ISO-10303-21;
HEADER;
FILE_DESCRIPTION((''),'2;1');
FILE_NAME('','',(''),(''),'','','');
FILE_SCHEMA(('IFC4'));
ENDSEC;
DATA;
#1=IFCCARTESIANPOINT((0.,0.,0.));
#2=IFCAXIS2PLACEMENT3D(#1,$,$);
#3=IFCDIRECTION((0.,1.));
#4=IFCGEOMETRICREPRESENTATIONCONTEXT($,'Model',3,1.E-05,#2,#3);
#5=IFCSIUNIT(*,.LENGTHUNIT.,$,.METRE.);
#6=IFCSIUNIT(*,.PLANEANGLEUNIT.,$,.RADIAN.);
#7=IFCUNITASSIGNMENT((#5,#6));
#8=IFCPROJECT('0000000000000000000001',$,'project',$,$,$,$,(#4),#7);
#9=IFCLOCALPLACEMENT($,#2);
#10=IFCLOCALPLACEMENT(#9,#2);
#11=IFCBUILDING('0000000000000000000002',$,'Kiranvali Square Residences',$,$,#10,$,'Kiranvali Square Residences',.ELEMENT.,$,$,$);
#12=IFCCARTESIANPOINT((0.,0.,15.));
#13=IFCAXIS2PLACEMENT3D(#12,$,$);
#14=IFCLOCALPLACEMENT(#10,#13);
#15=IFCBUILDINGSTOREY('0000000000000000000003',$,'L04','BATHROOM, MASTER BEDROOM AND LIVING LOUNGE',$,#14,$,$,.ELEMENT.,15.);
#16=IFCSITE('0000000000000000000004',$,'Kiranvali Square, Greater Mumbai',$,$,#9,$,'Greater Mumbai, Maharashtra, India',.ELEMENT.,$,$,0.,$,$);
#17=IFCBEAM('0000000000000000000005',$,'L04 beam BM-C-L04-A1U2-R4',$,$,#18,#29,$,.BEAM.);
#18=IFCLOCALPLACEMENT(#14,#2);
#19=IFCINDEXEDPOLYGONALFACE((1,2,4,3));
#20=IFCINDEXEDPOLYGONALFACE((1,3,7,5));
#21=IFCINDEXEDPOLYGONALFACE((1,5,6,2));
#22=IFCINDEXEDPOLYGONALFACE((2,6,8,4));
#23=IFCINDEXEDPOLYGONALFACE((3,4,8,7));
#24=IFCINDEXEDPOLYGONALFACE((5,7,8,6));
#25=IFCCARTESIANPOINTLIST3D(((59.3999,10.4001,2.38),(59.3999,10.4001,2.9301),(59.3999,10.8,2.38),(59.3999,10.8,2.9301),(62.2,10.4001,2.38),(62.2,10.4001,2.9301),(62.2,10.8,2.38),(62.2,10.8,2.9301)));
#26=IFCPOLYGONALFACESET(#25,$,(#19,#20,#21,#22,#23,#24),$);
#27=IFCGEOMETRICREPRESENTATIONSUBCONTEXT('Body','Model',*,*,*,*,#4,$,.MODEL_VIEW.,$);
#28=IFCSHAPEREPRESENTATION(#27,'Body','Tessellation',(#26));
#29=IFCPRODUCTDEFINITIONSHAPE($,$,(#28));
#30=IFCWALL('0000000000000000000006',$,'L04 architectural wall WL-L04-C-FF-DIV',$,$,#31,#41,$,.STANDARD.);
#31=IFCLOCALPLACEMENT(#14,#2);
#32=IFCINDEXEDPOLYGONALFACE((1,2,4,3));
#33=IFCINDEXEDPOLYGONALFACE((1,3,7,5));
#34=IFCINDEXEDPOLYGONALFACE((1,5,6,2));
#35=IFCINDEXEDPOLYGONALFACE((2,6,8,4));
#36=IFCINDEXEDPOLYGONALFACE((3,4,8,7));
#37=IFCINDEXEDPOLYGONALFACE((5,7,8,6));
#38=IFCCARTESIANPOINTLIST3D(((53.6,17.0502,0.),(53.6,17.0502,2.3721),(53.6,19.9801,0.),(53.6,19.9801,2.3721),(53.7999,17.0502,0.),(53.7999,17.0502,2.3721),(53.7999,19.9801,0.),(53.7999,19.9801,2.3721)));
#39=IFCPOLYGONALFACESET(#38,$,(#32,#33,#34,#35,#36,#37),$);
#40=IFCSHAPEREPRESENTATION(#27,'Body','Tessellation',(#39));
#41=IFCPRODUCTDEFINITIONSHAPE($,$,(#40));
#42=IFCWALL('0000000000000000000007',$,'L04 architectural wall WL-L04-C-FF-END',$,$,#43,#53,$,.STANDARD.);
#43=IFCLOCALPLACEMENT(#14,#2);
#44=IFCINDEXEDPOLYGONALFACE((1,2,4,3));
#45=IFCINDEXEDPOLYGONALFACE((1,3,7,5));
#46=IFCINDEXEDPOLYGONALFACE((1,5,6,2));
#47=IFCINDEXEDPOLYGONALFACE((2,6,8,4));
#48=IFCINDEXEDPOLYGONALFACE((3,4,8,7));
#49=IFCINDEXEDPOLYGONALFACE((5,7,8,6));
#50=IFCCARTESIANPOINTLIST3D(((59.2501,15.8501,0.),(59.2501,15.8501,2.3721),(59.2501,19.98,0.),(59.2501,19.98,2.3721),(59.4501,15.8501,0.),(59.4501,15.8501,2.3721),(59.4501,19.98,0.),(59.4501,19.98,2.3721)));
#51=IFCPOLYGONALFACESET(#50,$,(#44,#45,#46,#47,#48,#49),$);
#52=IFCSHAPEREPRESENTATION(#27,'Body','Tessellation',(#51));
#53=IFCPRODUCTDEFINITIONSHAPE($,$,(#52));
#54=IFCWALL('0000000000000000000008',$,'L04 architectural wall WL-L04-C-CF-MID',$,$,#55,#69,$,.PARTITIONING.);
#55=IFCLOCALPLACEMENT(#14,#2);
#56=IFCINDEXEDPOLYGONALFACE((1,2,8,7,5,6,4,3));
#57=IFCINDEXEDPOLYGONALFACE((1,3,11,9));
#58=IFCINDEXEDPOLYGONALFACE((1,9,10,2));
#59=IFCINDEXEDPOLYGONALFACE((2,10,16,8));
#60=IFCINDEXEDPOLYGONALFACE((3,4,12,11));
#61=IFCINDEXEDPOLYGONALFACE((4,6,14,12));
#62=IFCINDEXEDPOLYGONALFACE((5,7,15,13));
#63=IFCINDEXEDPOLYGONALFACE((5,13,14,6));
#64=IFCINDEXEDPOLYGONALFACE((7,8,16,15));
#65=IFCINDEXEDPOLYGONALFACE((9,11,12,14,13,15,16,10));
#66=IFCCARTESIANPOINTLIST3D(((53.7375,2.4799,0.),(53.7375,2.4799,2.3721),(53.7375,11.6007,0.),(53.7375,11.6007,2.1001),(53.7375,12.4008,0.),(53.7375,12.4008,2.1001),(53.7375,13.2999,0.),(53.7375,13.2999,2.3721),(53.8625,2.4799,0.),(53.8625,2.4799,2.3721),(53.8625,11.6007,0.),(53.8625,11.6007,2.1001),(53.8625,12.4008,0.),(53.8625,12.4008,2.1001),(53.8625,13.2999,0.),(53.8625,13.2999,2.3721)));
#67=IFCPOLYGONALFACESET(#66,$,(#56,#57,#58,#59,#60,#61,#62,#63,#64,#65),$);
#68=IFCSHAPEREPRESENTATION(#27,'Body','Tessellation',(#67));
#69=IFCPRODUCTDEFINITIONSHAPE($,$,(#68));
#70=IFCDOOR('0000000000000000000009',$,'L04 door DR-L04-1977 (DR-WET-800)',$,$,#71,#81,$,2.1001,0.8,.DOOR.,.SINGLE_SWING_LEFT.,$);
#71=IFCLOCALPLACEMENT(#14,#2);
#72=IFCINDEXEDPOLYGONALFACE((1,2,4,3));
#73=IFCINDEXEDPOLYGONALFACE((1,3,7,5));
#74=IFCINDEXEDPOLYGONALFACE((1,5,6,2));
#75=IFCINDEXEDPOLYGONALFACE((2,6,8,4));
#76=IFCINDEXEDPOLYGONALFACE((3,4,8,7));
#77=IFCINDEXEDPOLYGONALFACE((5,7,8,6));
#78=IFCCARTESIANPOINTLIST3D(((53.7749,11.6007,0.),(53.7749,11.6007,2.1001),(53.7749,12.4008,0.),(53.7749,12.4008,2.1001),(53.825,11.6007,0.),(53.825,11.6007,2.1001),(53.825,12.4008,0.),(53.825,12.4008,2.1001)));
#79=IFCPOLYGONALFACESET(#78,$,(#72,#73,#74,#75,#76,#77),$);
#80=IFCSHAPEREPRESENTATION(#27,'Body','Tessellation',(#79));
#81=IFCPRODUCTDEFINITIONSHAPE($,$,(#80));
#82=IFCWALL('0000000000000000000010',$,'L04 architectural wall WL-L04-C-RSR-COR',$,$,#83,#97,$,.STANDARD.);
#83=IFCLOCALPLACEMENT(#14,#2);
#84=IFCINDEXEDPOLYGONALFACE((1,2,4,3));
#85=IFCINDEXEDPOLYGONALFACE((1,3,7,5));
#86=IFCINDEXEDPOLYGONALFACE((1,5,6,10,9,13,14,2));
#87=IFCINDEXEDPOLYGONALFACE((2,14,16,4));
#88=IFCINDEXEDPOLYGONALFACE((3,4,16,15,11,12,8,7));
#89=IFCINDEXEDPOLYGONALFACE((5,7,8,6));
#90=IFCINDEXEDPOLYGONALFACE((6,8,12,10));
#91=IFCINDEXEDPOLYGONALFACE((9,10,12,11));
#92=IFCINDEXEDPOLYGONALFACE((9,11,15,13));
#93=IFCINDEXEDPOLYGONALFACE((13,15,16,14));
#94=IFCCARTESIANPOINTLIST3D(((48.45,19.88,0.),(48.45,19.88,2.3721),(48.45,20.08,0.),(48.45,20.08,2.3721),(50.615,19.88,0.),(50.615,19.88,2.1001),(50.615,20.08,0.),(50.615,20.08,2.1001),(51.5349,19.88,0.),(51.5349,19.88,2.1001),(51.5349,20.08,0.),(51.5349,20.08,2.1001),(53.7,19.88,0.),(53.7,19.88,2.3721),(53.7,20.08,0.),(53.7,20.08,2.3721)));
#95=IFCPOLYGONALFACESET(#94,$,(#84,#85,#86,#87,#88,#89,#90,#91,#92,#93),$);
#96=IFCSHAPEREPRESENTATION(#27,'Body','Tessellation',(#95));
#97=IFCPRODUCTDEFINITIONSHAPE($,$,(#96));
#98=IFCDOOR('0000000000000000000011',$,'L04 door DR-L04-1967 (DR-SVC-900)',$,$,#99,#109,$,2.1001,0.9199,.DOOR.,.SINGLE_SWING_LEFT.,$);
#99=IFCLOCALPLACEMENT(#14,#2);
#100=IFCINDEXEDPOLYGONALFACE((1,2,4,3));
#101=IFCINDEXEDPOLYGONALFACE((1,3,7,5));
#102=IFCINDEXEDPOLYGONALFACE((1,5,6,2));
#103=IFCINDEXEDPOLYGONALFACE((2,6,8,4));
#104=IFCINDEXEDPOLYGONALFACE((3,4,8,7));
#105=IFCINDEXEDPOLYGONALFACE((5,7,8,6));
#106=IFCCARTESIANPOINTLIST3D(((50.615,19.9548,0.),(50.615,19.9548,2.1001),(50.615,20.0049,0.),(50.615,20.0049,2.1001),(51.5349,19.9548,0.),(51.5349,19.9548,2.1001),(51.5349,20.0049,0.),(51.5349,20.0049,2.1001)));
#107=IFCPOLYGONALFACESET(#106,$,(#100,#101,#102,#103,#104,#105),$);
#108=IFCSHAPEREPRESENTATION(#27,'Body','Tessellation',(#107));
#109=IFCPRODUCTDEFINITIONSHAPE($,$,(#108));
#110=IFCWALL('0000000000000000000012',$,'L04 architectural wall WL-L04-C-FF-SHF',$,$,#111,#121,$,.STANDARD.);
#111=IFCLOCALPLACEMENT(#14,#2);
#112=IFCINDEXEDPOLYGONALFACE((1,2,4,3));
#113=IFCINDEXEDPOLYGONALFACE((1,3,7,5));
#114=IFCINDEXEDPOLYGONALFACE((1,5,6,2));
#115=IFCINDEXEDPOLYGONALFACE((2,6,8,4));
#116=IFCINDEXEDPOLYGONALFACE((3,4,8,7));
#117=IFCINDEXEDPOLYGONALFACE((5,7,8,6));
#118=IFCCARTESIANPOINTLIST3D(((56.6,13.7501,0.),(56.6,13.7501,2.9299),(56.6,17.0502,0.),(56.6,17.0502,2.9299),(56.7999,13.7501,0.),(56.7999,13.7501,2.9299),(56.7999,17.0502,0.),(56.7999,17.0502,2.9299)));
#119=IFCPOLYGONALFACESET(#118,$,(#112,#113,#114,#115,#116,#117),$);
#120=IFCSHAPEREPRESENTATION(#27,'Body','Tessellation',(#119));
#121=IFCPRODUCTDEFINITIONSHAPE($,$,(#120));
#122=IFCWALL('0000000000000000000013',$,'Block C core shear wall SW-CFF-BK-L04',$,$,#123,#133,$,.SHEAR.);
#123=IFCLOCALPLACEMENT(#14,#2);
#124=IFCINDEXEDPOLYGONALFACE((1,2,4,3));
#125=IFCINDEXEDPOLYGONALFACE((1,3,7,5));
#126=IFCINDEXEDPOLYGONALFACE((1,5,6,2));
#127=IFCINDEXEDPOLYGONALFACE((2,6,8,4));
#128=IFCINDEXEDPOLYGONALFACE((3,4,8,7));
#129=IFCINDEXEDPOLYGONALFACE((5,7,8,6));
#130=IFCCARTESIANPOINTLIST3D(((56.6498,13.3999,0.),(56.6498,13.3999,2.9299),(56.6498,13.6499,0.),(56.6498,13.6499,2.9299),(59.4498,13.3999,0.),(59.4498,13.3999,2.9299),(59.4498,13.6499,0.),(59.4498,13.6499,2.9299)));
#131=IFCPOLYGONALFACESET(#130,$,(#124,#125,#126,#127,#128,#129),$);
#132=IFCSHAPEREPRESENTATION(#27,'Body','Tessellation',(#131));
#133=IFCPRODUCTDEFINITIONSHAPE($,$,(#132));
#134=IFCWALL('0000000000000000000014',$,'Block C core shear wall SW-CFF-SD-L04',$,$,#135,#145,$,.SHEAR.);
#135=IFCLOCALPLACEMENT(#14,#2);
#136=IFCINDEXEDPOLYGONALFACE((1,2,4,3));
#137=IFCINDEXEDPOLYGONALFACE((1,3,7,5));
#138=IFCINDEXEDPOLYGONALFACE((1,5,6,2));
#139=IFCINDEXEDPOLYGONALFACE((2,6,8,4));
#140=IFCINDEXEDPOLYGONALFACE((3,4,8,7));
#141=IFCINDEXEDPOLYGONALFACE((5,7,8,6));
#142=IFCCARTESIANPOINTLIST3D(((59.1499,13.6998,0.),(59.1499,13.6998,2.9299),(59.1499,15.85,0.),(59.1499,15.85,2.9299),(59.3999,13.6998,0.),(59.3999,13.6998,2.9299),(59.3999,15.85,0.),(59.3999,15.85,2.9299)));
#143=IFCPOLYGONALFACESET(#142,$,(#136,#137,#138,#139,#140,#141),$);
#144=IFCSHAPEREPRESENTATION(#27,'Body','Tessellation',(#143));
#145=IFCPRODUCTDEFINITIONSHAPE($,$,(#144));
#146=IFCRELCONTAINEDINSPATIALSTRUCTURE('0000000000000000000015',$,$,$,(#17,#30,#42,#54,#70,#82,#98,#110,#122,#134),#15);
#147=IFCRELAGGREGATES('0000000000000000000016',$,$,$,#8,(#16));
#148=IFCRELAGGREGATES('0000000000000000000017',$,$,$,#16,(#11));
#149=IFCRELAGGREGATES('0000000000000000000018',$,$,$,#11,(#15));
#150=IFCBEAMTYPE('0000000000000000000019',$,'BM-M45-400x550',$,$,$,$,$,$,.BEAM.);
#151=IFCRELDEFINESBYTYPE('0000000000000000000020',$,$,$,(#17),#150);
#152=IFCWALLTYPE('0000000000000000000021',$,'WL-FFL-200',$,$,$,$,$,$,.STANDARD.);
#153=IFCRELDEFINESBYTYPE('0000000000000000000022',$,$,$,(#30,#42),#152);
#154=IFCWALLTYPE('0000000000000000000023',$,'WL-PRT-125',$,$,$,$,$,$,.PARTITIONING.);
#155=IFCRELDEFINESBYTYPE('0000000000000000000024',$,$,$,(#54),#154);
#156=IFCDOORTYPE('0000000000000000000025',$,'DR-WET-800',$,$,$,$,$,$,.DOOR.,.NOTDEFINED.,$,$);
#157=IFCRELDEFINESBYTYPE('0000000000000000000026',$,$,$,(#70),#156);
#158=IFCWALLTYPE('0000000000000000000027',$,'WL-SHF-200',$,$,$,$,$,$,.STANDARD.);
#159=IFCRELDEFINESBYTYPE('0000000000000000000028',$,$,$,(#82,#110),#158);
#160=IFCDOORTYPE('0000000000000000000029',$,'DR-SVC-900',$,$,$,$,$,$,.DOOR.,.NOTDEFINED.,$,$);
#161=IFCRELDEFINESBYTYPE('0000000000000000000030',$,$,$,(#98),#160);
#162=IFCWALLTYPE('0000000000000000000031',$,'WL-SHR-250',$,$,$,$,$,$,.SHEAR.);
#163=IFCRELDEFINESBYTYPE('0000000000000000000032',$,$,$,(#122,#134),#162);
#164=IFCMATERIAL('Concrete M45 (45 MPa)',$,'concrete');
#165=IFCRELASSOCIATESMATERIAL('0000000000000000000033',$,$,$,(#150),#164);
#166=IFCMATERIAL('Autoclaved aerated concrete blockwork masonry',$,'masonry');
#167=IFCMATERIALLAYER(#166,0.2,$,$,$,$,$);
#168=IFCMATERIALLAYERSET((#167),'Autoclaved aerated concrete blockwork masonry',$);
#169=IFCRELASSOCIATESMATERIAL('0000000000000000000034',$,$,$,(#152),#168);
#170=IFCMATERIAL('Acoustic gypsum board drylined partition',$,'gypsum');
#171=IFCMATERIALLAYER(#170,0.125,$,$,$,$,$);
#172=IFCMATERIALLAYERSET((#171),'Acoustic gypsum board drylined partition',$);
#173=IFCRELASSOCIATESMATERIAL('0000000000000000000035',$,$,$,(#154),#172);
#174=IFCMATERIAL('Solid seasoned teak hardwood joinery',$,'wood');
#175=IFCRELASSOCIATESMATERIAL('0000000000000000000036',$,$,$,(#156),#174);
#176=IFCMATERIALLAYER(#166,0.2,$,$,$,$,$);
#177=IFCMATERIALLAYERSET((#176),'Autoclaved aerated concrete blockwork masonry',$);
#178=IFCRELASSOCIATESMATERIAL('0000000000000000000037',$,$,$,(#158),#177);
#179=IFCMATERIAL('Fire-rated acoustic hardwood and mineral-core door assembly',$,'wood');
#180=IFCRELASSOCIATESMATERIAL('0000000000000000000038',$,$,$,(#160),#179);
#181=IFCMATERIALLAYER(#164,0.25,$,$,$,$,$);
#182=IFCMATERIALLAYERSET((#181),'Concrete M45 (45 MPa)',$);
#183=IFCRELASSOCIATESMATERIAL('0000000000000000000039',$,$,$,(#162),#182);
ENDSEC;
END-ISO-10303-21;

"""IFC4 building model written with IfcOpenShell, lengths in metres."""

from ifc_helpers import new_model, si_unit, direction, frame, frame_2d, origin, origin_2d, place, context, subcontext, project, spatial, rectangle, extrude, material, layer, layer_set, material_profile, profile_set, type_object, element, fill, save


model = new_model("IFC4")

# Units and contexts
model_context = context("Model", 3, precision=1e-05, world=origin(), true_north=direction((0.0, 1.0)))
body_context = subcontext(model_context, "Body", "Model", "MODEL_VIEW")
ifc_project = project(units=[si_unit("LENGTHUNIT", "METRE"), si_unit("PLANEANGLEUNIT", "RADIAN")], contexts=[model_context])

# Site, building, storey
site_placement = place(None, origin())
site = spatial("IfcSite", under=ifc_project, at=site_placement, Name="Kiranvali Square, Greater Mumbai", LongName="Greater Mumbai, Maharashtra, India", CompositionType="ELEMENT", RefElevation=0.0)
building_placement = place(site_placement, origin())
building = spatial("IfcBuilding", under=site, at=building_placement, Name="Kiranvali Square Residences", LongName="Kiranvali Square Residences", CompositionType="ELEMENT")
storey_placement = place(building_placement, frame((0.0, 0.0, 15.0)))
storey = spatial("IfcBuildingStorey", under=building, at=storey_placement, Name="L04", Description="BATHROOM, MASTER BEDROOM AND LIVING LOUNGE", CompositionType="ELEMENT", Elevation=15.0)

# Beam
ifc_material_1 = material(Name="Concrete M45 (45 MPa)", Category="concrete")
ifc_material_profile = material_profile(ifc_material_1, rectangle(XDim=0.3999, YDim=0.55, at=origin_2d()), Name="RC 400x550")
ifc_profile_set = profile_set([ifc_material_profile], Name="Concrete M45 (45 MPa)")
beam_type = type_object("IfcBeamType", Name="BM-M45-400x550", PredefinedType="BEAM", material=ifc_profile_set)
beam_placement = place(storey_placement, frame((59.3999, 10.6001, 2.655), z_axis=(1.0, 0.0, 0.0), x_axis=(0.0, 1.0, 0.0)))
element("IfcBeam", 1, at=beam_placement, inside=storey, type_object=beam_type, Name="L04 beam BM-C-L04-A1U2-R4", PredefinedType="BEAM", context=body_context, shape_type="SweptSolid", body=[
    extrude(rectangle(XDim=0.3999, YDim=0.55, at=origin_2d()), origin(), (0.0, 0.0, 1.0), 2.8),
])

# Shared definitions
ifc_material_2 = material(Name="Autoclaved aerated concrete blockwork masonry", Category="masonry")
ifc_layer_1 = layer(ifc_material_2, 0.2)
ifc_layer_set_1 = layer_set([ifc_layer_1], Name="Autoclaved aerated concrete blockwork masonry")
wall_type_1 = type_object("IfcWallType", Name="WL-FFL-200", PredefinedType="STANDARD", material=ifc_layer_set_1)
ifc_material_3 = material(Name="Fire-rated acoustic hardwood and mineral-core door assembly", Category="wood")

# Walls
wall_1_placement = place(storey_placement, frame((53.7, 19.98, 0.0), z_axis=(0.0, 0.0, 1.0), x_axis=(0.0, -1.0, 0.0)))
element("IfcWall", 2, at=wall_1_placement, inside=storey, type_object=wall_type_1, Name="L04 architectural wall WL-L04-C-FF-DIV", PredefinedType="STANDARD", context=body_context, shape_type="SweptSolid", body=[
    extrude(rectangle(XDim=2.9299, YDim=0.2, at=frame_2d((1.4648, 0.0))), origin(), (0.0, 0.0, 1.0), 2.3721),
])
wall_2_placement = place(storey_placement, frame((59.3501, 19.98, 0.0), z_axis=(0.0, 0.0, 1.0), x_axis=(0.0, -1.0, 0.0)))
element("IfcWall", 3, at=wall_2_placement, inside=storey, type_object=wall_type_1, Name="L04 architectural wall WL-L04-C-FF-END", PredefinedType="STANDARD", context=body_context, shape_type="SweptSolid", body=[
    extrude(rectangle(XDim=4.1299, YDim=0.2, at=frame_2d((2.0649, 0.0))), origin(), (0.0, 0.0, 1.0), 2.3721),
])

# Walls, openings, doors
ifc_material_4 = material(Name="Acoustic gypsum board drylined partition", Category="gypsum")
ifc_layer_2 = layer(ifc_material_4, 0.125)
ifc_layer_set_2 = layer_set([ifc_layer_2], Name="Acoustic gypsum board drylined partition")
wall_type_2 = type_object("IfcWallType", Name="WL-PRT-125", PredefinedType="PARTITIONING", material=ifc_layer_set_2)
wall_3_placement = place(storey_placement, frame((53.8, 13.3, 0.0), z_axis=(0.0, 0.0, 1.0), x_axis=(0.0, -1.0, 0.0)))
wall_3 = element("IfcWall", 4, at=wall_3_placement, inside=storey, type_object=wall_type_2, Name="L04 architectural wall WL-L04-C-CF-MID", PredefinedType="PARTITIONING", context=body_context, shape_type="SweptSolid", body=[
    extrude(rectangle(XDim=10.8201, YDim=0.125, at=frame_2d((5.4102, 0.0))), origin(), (0.0, 0.0, 1.0), 2.3721),
])
opening_1_placement = place(wall_3_placement, frame((0.8994, 0.0, 0.0)))
opening_1 = element("IfcOpeningElement", 5, at=opening_1_placement, cuts=wall_3, PredefinedType="OPENING", context=body_context, shape_type="SweptSolid", body=[
    extrude(rectangle(XDim=0.8, YDim=2.1001, at=frame_2d((0.3999, 1.05))), frame((0.0, 0.0725, 0.0), z_axis=(0.0, -1.0, 0.0), x_axis=(1.0, 0.0, 0.0)), (0.0, 0.0, 1.0), 0.145),
])
ifc_material_5 = material(Name="Solid seasoned teak hardwood joinery", Category="wood")
door_type_1 = type_object("IfcDoorType", Name="DR-WET-800", OperationType="NOTDEFINED", PredefinedType="DOOR", material=ifc_material_5)
door_1_placement = place(opening_1_placement, origin())
door_1 = element("IfcDoor", 6, at=door_1_placement, inside=storey, type_object=door_type_1, Name="L04 door DR-L04-1977 (DR-WET-800)", OperationType="SINGLE_SWING_LEFT", OverallHeight=2.1001, OverallWidth=0.8, PredefinedType="DOOR", context=body_context, shape_type="SweptSolid", body=[
    extrude(rectangle(XDim=0.8, YDim=2.1001, at=frame_2d((0.3999, 1.05))), frame((0.0, 0.0249, 0.0), z_axis=(0.0, -1.0, 0.0), x_axis=(1.0, 0.0, 0.0)), (0.0, 0.0, 1.0), 0.05),
])
fill(opening_1, door_1)
ifc_layer_3 = layer(ifc_material_2, 0.2)
ifc_layer_set_3 = layer_set([ifc_layer_3], Name="Autoclaved aerated concrete blockwork masonry")
wall_type_3 = type_object("IfcWallType", Name="WL-SHF-200", PredefinedType="STANDARD", material=ifc_layer_set_3)
wall_4_placement = place(storey_placement, frame((48.45, 19.98, 0.0), z_axis=(0.0, 0.0, 1.0), x_axis=(1.0, 0.0, 0.0)))
wall_4 = element("IfcWall", 7, at=wall_4_placement, inside=storey, type_object=wall_type_3, Name="L04 architectural wall WL-L04-C-RSR-COR", PredefinedType="STANDARD", context=body_context, shape_type="SweptSolid", body=[
    extrude(rectangle(XDim=5.25, YDim=0.2, at=frame_2d((2.625, 0.0))), origin(), (0.0, 0.0, 1.0), 2.3721),
])
opening_2_placement = place(wall_4_placement, frame((2.165, 0.0, 0.0)))
opening_2 = element("IfcOpeningElement", 8, at=opening_2_placement, cuts=wall_4, PredefinedType="OPENING", context=body_context, shape_type="SweptSolid", body=[
    extrude(rectangle(XDim=0.9199, YDim=2.1001, at=frame_2d((0.46, 1.05))), frame((0.0, 0.1099, 0.0), z_axis=(0.0, -1.0, 0.0), x_axis=(1.0, 0.0, 0.0)), (0.0, 0.0, 1.0), 0.22),
])
door_type_2 = type_object("IfcDoorType", Name="DR-SVC-900", OperationType="NOTDEFINED", PredefinedType="DOOR", material=ifc_material_3)
door_2_placement = place(opening_2_placement, origin())
door_2 = element("IfcDoor", 9, at=door_2_placement, inside=storey, type_object=door_type_2, Name="L04 door DR-L04-1967 (DR-SVC-900)", OperationType="SINGLE_SWING_LEFT", OverallHeight=2.1001, OverallWidth=0.9199, PredefinedType="DOOR", context=body_context, shape_type="SweptSolid", body=[
    extrude(rectangle(XDim=0.9199, YDim=2.1001, at=frame_2d((0.46, 1.05))), frame((0.0, 0.0249, 0.0), z_axis=(0.0, -1.0, 0.0), x_axis=(1.0, 0.0, 0.0)), (0.0, 0.0, 1.0), 0.05),
])
fill(opening_2, door_2)

# Walls
wall_5_placement = place(storey_placement, frame((56.7, 17.05, 0.0), z_axis=(0.0, 0.0, 1.0), x_axis=(0.0, -1.0, 0.0)))
element("IfcWall", 10, at=wall_5_placement, inside=storey, type_object=wall_type_3, Name="L04 architectural wall WL-L04-C-FF-SHF", PredefinedType="STANDARD", context=body_context, shape_type="SweptSolid", body=[
    extrude(rectangle(XDim=3.3, YDim=0.2, at=frame_2d((1.6499, 0.0))), origin(), (0.0, 0.0, 1.0), 2.9299),
])
ifc_layer_4 = layer(ifc_material_1, 0.25)
ifc_layer_set_4 = layer_set([ifc_layer_4], Name="Concrete M45 (45 MPa)")
wall_type_4 = type_object("IfcWallType", Name="WL-SHR-250", PredefinedType="SHEAR", material=ifc_layer_set_4)
wall_6_placement = place(storey_placement, frame((56.6499, 13.5249, 0.0), z_axis=(0.0, 0.0, 1.0), x_axis=(1.0, 0.0, 0.0)))
element("IfcWall", 11, at=wall_6_placement, inside=storey, type_object=wall_type_4, Name="Block C core shear wall SW-CFF-BK-L04", PredefinedType="SHEAR", context=body_context, shape_type="SweptSolid", body=[
    extrude(rectangle(XDim=2.8, YDim=0.25, at=frame_2d((1.3999, 0.0))), origin(), (0.0, 0.0, 1.0), 2.9299),
])
wall_7_placement = place(storey_placement, frame((59.2749, 15.8501, 0.0), z_axis=(0.0, 0.0, 1.0), x_axis=(0.0, -1.0, 0.0)))
element("IfcWall", 12, at=wall_7_placement, inside=storey, type_object=wall_type_4, Name="Block C core shear wall SW-CFF-SD-L04", PredefinedType="SHEAR", context=body_context, shape_type="SweptSolid", body=[
    extrude(rectangle(XDim=2.1501, YDim=0.25, at=frame_2d((1.0752, 0.0))), origin(), (0.0, 0.0, 1.0), 2.9299),
])

save(model, "model.ifc")
